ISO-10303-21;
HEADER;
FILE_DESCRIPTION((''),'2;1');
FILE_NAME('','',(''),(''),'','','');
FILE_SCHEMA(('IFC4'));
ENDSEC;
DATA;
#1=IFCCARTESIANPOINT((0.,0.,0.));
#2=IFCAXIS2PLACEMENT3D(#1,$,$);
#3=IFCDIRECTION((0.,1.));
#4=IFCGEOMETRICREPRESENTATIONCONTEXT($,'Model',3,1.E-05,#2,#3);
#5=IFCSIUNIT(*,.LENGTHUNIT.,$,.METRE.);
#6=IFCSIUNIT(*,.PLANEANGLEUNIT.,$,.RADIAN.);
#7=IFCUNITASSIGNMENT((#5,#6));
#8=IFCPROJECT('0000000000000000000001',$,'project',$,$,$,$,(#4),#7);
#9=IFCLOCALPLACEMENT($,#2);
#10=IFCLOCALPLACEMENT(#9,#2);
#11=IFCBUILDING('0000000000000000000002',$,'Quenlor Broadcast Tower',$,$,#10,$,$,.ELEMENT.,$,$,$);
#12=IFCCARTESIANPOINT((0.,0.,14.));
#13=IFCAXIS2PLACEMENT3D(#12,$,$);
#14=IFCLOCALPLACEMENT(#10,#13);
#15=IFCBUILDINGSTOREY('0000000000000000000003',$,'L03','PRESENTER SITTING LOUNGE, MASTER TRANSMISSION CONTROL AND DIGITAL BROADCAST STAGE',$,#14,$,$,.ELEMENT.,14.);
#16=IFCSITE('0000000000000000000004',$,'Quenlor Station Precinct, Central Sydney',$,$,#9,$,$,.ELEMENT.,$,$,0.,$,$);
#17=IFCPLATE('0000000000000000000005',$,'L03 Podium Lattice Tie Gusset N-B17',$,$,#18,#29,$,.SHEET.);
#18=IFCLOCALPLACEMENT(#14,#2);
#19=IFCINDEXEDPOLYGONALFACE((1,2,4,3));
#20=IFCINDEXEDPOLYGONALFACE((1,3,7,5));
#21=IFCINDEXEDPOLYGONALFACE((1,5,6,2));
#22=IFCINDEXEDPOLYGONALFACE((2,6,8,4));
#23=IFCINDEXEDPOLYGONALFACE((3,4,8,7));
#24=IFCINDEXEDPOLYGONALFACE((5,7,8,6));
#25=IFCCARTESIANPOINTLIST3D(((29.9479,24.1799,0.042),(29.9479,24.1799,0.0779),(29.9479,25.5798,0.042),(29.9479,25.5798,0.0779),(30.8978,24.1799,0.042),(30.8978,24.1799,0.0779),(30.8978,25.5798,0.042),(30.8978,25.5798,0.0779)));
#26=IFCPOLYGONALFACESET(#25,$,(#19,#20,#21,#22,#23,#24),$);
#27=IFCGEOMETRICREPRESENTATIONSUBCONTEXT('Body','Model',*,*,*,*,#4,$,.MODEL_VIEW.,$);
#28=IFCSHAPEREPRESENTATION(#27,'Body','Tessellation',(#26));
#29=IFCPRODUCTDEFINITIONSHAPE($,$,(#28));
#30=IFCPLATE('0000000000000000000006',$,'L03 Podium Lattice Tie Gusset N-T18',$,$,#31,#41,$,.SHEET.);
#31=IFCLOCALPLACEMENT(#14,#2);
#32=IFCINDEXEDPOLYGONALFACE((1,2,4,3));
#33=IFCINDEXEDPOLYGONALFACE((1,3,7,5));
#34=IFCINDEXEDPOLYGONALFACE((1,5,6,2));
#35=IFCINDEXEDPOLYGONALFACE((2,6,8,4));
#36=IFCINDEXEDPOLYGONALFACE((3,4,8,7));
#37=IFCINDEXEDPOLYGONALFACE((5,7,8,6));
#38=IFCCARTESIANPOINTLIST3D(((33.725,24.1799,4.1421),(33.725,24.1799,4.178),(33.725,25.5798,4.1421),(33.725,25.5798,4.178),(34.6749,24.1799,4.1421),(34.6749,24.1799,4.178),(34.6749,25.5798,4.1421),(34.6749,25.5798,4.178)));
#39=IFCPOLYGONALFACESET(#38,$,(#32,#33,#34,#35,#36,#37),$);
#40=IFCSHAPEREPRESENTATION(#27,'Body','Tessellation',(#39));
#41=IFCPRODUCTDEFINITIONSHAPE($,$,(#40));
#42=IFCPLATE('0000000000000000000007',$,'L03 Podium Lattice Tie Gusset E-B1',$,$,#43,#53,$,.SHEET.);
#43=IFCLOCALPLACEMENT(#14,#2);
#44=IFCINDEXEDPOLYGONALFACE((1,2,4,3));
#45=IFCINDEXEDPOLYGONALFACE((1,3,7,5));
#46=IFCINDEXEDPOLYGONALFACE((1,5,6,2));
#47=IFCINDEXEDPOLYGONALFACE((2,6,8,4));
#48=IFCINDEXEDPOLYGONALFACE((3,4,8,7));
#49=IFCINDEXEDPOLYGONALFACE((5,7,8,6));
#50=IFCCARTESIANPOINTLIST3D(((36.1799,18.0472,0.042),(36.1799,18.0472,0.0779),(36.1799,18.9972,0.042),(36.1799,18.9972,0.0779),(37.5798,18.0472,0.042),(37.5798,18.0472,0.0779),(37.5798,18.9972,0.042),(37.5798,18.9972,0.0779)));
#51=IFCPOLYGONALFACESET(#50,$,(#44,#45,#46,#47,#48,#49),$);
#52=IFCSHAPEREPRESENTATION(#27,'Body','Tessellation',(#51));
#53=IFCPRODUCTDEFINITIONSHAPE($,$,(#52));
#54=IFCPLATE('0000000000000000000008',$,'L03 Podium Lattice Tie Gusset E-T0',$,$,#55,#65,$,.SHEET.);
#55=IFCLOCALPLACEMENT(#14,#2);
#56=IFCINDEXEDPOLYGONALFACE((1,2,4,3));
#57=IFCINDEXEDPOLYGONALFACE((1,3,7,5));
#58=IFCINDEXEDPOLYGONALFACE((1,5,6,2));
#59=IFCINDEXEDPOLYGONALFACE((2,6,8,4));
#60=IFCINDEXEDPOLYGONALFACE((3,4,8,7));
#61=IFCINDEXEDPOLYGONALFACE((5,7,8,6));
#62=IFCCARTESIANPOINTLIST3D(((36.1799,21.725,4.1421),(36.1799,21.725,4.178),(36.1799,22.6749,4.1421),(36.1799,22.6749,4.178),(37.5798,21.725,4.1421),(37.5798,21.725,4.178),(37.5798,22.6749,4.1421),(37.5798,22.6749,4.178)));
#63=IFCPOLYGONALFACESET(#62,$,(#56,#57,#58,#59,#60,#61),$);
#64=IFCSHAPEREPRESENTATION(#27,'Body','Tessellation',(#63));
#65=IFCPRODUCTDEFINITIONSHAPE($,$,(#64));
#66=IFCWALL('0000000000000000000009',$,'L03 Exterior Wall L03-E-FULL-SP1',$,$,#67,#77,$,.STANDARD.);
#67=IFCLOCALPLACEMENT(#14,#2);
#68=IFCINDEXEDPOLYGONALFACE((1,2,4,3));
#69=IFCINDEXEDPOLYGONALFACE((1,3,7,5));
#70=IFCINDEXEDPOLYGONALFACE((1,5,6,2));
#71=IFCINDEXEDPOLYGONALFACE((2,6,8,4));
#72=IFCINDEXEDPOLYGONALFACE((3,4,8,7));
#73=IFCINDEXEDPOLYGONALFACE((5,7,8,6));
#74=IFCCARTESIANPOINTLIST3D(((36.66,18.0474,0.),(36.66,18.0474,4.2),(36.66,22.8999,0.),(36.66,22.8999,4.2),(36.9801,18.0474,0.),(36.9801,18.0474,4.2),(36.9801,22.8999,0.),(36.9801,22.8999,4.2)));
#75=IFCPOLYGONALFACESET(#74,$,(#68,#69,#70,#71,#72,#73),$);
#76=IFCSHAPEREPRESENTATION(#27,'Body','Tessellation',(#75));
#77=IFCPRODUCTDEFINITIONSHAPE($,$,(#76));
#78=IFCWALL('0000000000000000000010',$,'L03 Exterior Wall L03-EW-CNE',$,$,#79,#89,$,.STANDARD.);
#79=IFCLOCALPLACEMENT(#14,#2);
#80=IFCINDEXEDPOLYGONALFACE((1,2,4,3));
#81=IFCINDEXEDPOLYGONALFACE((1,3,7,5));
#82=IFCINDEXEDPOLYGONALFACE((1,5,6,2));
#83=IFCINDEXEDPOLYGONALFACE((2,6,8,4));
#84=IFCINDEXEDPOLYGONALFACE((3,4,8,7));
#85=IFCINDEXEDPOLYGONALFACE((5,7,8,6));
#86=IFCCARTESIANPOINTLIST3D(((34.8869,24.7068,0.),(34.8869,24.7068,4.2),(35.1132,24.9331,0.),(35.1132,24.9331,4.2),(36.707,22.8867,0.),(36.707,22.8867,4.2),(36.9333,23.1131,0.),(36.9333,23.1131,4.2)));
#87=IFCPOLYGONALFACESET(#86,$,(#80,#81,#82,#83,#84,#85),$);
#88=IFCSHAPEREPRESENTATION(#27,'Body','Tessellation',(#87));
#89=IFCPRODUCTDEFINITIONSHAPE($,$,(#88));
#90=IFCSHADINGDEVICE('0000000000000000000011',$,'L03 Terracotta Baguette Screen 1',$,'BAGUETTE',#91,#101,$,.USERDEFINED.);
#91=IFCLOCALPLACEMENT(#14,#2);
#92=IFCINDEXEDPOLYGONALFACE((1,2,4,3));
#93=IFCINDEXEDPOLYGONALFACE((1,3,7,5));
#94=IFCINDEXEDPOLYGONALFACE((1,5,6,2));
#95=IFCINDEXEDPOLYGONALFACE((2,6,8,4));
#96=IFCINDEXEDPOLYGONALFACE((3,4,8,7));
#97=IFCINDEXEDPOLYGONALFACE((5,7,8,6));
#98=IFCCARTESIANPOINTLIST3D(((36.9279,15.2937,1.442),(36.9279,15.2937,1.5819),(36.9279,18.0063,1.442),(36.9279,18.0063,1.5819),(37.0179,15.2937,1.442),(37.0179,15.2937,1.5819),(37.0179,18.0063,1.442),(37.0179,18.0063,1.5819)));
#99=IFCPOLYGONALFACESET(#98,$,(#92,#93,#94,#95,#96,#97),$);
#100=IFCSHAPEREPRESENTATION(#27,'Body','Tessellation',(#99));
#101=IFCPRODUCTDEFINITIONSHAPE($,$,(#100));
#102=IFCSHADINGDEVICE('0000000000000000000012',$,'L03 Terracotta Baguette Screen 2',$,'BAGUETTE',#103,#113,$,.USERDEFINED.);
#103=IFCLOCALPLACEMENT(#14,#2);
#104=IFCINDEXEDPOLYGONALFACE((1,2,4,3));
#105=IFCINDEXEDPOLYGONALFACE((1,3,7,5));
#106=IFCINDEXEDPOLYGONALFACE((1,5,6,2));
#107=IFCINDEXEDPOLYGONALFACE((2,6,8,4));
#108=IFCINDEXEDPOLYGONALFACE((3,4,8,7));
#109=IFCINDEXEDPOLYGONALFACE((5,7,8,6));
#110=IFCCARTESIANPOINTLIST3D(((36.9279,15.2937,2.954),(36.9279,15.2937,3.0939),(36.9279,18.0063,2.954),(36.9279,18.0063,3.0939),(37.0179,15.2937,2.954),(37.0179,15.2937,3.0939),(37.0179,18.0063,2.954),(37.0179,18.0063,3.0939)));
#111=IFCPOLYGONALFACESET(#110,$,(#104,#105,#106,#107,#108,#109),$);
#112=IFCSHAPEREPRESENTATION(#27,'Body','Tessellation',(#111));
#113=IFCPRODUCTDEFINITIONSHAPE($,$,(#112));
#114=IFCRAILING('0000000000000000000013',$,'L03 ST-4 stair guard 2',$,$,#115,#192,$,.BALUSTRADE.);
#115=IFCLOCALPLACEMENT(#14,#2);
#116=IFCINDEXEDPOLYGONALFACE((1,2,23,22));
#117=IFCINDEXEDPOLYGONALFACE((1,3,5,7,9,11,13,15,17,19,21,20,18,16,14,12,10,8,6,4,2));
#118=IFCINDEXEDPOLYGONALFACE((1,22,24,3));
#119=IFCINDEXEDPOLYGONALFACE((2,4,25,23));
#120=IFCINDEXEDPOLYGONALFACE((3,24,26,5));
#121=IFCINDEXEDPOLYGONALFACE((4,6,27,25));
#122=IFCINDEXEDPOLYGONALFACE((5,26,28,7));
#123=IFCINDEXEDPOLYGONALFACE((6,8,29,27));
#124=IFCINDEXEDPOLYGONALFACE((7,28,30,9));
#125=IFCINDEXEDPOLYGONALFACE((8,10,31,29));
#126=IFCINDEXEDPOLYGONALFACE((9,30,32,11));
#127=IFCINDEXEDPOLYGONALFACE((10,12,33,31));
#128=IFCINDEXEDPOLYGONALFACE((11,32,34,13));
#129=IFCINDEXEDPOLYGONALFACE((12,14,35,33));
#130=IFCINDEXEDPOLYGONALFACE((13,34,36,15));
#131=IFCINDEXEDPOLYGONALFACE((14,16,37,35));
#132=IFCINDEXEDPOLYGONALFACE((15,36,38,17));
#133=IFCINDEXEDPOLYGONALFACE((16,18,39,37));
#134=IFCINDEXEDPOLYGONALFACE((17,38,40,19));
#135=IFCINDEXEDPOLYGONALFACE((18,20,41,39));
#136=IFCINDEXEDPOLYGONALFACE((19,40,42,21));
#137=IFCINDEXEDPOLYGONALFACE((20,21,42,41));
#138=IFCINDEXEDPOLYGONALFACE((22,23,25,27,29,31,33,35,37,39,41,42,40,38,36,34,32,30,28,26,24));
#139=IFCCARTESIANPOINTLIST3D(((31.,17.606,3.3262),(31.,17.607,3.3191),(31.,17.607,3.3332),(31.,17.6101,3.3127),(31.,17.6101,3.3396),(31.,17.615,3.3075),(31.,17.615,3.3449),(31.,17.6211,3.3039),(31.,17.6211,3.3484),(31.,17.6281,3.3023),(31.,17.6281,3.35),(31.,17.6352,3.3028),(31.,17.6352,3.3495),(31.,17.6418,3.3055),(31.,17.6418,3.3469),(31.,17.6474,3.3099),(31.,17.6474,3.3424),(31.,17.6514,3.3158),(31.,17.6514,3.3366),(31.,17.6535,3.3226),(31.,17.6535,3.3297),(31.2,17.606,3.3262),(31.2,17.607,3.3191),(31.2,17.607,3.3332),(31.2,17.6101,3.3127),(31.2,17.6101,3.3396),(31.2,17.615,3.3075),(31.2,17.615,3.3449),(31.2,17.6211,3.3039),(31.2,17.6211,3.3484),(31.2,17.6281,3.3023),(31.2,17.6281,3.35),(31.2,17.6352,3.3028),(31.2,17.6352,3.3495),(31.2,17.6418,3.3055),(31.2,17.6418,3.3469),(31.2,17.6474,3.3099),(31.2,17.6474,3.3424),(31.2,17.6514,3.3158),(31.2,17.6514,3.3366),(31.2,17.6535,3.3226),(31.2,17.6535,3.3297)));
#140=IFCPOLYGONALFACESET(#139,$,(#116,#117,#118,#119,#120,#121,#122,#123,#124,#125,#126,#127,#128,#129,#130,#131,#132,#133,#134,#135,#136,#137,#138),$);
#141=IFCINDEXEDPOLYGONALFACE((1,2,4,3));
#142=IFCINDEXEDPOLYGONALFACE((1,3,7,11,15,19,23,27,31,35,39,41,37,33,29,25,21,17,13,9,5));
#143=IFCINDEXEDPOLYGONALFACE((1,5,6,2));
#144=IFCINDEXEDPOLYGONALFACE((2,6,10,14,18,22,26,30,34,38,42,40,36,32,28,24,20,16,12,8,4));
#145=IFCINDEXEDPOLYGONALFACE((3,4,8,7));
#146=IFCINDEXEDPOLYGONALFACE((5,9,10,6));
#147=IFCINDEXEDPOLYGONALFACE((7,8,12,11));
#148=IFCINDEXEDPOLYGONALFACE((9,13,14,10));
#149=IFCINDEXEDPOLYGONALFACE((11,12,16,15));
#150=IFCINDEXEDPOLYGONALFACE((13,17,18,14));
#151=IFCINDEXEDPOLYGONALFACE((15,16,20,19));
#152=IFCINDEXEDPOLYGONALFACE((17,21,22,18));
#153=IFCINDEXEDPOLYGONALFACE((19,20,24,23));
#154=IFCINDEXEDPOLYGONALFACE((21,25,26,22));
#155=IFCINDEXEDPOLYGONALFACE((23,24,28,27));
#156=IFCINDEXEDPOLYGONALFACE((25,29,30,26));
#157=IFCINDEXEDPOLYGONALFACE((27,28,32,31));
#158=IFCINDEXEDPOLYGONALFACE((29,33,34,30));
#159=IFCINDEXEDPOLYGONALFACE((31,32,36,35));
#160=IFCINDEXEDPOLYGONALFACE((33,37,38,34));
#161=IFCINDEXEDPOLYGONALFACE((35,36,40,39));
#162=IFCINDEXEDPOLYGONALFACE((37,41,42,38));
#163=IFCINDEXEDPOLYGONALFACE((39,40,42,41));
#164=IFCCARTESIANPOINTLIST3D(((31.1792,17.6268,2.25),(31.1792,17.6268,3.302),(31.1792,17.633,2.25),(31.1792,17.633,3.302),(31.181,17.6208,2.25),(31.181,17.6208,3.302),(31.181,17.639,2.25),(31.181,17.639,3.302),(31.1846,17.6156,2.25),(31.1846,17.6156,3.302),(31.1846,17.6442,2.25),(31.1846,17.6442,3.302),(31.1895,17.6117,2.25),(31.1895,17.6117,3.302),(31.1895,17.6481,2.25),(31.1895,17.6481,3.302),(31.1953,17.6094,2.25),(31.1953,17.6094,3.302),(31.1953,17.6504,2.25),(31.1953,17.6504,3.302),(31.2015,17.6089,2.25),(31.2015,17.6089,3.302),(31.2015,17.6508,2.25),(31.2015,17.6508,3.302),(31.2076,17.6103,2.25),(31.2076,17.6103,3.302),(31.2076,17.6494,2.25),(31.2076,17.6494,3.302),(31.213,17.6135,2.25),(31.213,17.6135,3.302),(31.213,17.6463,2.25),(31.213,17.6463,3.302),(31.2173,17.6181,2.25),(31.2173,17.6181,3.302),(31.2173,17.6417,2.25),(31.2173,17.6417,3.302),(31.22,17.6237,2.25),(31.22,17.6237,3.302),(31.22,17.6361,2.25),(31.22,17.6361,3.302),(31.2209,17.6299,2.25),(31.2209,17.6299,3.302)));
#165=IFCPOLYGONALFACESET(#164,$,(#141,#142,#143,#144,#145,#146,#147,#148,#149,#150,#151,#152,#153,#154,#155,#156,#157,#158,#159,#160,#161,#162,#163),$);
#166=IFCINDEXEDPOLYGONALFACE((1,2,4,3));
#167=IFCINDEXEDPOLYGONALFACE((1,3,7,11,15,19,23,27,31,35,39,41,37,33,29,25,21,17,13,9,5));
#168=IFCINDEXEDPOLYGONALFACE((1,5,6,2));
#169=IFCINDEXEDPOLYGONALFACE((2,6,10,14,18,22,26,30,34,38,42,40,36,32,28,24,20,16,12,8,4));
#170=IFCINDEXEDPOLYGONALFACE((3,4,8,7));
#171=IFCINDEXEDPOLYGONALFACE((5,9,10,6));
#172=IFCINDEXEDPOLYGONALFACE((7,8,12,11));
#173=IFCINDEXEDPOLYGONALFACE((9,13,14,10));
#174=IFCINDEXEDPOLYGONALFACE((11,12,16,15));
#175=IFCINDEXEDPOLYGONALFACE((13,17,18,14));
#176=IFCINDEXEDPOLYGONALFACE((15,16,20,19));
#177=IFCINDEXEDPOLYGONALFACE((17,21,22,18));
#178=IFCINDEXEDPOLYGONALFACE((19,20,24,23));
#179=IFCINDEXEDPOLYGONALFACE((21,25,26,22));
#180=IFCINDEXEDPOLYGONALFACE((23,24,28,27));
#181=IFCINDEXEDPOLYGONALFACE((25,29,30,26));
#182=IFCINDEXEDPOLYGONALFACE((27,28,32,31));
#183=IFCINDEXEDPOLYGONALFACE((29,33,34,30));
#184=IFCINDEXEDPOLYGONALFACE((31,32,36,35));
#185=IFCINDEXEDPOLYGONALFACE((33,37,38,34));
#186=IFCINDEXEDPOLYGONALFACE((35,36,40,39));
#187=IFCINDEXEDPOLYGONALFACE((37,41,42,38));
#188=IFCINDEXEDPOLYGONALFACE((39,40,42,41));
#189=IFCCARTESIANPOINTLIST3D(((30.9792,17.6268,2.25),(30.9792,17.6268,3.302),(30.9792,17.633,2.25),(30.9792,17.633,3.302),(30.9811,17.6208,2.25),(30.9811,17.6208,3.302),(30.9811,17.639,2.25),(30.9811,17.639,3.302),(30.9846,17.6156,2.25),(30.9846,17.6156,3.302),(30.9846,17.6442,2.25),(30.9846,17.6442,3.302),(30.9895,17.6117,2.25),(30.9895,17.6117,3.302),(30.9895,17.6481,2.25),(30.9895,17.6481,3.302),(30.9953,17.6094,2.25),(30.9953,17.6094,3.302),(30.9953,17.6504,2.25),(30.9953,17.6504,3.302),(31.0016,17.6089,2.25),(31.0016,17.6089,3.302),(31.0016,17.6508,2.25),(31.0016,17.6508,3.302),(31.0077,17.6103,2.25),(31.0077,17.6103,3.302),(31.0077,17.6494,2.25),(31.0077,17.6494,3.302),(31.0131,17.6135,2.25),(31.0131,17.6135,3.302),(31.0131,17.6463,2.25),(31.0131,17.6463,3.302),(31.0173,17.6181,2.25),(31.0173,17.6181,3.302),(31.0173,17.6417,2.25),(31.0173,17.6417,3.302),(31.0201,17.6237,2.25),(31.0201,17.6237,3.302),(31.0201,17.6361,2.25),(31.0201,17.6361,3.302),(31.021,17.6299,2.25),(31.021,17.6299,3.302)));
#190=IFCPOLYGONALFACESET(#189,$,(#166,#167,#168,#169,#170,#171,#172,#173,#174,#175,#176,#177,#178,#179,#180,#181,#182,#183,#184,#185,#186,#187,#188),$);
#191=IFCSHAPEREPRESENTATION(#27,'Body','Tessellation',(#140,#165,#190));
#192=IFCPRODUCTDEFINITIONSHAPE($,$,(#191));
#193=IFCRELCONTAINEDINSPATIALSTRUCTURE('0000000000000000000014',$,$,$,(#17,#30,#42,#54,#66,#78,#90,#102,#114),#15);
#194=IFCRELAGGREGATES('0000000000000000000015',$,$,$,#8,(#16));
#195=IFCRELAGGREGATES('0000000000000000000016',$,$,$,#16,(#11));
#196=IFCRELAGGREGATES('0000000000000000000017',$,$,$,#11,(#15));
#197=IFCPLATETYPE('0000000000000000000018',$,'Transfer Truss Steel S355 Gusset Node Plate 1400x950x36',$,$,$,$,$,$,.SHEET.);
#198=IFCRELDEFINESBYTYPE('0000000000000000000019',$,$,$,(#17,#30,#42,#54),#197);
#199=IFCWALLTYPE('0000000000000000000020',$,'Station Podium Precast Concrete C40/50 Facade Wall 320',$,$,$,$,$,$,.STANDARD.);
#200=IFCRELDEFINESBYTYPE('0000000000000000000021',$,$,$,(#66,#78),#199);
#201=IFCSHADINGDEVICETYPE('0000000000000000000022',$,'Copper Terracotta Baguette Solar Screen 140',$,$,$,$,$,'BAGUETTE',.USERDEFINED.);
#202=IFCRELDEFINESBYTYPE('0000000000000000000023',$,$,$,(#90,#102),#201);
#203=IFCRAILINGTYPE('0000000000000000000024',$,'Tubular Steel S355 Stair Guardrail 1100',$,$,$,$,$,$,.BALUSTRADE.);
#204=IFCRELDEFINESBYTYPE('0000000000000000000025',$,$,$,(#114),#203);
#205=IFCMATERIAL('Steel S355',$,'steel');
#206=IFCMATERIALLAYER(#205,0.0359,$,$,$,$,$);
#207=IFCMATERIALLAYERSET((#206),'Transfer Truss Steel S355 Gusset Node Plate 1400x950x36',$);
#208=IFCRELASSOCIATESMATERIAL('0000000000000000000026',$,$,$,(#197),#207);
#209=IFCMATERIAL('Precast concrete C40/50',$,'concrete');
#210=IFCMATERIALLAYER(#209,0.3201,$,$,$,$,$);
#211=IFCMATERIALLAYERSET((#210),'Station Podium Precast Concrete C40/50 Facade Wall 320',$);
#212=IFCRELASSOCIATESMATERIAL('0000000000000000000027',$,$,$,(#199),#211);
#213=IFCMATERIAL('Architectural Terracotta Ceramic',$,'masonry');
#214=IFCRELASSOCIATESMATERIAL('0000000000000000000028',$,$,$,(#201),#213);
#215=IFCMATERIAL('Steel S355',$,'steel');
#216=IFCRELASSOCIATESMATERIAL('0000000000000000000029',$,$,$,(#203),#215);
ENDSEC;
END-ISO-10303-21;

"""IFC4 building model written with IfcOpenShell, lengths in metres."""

from ifc_helpers import new_model, si_unit, direction, frame, frame_2d, origin, origin_2d, place, context, subcontext, project, spatial, rectangle, circle, extrude, material, layer, layer_set, material_profile, profile_set, type_object, element, save


model = new_model("IFC4")

# Units and contexts
model_context = context("Model", 3, precision=1e-05, world=origin(), true_north=direction((0.0, 1.0)))
body_context = subcontext(model_context, "Body", "Model", "MODEL_VIEW")
ifc_project = project(units=[si_unit("LENGTHUNIT", "METRE"), si_unit("PLANEANGLEUNIT", "RADIAN")], contexts=[model_context])

# Site, building, storey
site_placement = place(None, origin())
site = spatial("IfcSite", under=ifc_project, at=site_placement, Name="Quenlor Station Precinct, Central Sydney", CompositionType="ELEMENT", RefElevation=0.0)
building_placement = place(site_placement, origin())
building = spatial("IfcBuilding", under=site, at=building_placement, Name="Quenlor Broadcast Tower", CompositionType="ELEMENT")
storey_placement = place(building_placement, frame((0.0, 0.0, 14.0)))
storey = spatial("IfcBuildingStorey", under=building, at=storey_placement, Name="L03", Description="PRESENTER SITTING LOUNGE, MASTER TRANSMISSION CONTROL AND DIGITAL BROADCAST STAGE", CompositionType="ELEMENT", Elevation=14.0)

# Plates
ifc_material_1 = material(Name="Steel S355", Category="steel")
ifc_layer_1 = layer(ifc_material_1, 0.0359)
ifc_layer_set_1 = layer_set([ifc_layer_1], Name="Transfer Truss Steel S355 Gusset Node Plate 1400x950x36")
plate_type_1 = type_object("IfcPlateType", Name="Transfer Truss Steel S355 Gusset Node Plate 1400x950x36", PredefinedType="SHEET", material=ifc_layer_set_1)
for number, where, z_axis, x_axis, name in (
    (1, (30.4229, 24.8799, 0.042), (0.0, 0.0, 1.0), (0.0, 1.0, 0.0), "L03 Podium Lattice Tie Gusset N-B17"),
    (2, (34.2, 24.8799, 4.1421), (0.0, 0.0, 1.0), (0.0, 1.0, 0.0), "L03 Podium Lattice Tie Gusset N-T18"),
    (3, (36.8799, 18.5222, 0.042), (0.0, 0.0, 1.0), (1.0, 0.0, 0.0), "L03 Podium Lattice Tie Gusset E-B1"),
    (4, (36.8799, 22.2, 4.1421), (0.0, 0.0, 1.0), (1.0, 0.0, 0.0), "L03 Podium Lattice Tie Gusset E-T0"),
):
    element("IfcPlate", number, at=place(storey_placement, frame(where, z_axis=z_axis, x_axis=x_axis)), inside=storey, type_object=plate_type_1, Name=name, PredefinedType="SHEET", context=body_context, shape_type="SweptSolid", body=[
        extrude(rectangle(XDim=1.3999, YDim=0.95, at=origin_2d()), origin(), (0.0, 0.0, 1.0), 0.0359),
    ])

# Walls
ifc_material_2 = material(Name="Precast concrete C40/50", Category="concrete")
ifc_layer_2 = layer(ifc_material_2, 0.3201)
ifc_layer_set_2 = layer_set([ifc_layer_2], Name="Station Podium Precast Concrete C40/50 Facade Wall 320")
wall_type = type_object("IfcWallType", Name="Station Podium Precast Concrete C40/50 Facade Wall 320", PredefinedType="STANDARD", material=ifc_layer_set_2)
wall_1_placement = place(storey_placement, frame((36.8201, 22.8999, 0.0), z_axis=(0.0, 0.0, 1.0), x_axis=(0.0, -1.0, 0.0)))
element("IfcWall", 5, at=wall_1_placement, inside=storey, type_object=wall_type, Name="L03 Exterior Wall L03-E-FULL-SP1", PredefinedType="STANDARD", context=body_context, shape_type="SweptSolid", body=[
    extrude(rectangle(XDim=4.8525, YDim=0.3201, at=frame_2d((2.4263, 0.0))), origin(), (0.0, 0.0, 1.0), 4.2),
])
wall_2_placement = place(storey_placement, frame((35.0, 24.8201, 0.0), z_axis=(0.0, 0.0, 1.0), x_axis=(0.707107, -0.707107, 0.0)))
element("IfcWall", 6, at=wall_2_placement, inside=storey, type_object=wall_type, Name="L03 Exterior Wall L03-EW-CNE", PredefinedType="STANDARD", context=body_context, shape_type="SweptSolid", body=[
    extrude(rectangle(XDim=2.574, YDim=0.3201, at=frame_2d((1.2871, 0.0))), origin(), (0.0, 0.0, 1.0), 4.2),
])

# Shading devices
ifc_material_3 = material(Name="Architectural Terracotta Ceramic", Category="masonry")
ifc_material_profile_1 = material_profile(ifc_material_3, rectangle(XDim=0.0901, YDim=0.1399, at=origin_2d()))
ifc_profile_set_1 = profile_set([ifc_material_profile_1], Name="Architectural Terracotta Ceramic BAG90x140")
shading_device_type = type_object("IfcShadingDeviceType", Name="Copper Terracotta Baguette Solar Screen 140", ElementType="BAGUETTE", PredefinedType="USERDEFINED", material=ifc_profile_set_1)
for number, where, z_axis, x_axis, name in (
    (7, (36.9729, 18.0063, 1.512), (0.0, -1.0, 0.0), (1.0, 0.0, 0.0), "L03 Terracotta Baguette Screen 1"),
    (8, (36.9729, 18.0063, 3.0239), (0.0, -1.0, 0.0), (1.0, 0.0, 0.0), "L03 Terracotta Baguette Screen 2"),
):
    element("IfcShadingDevice", number, at=place(storey_placement, frame(where, z_axis=z_axis, x_axis=x_axis)), inside=storey, type_object=shading_device_type, Name=name, ObjectType="BAGUETTE", PredefinedType="USERDEFINED", context=body_context, shape_type="SweptSolid", body=[
        extrude(rectangle(XDim=0.0901, YDim=0.1399, at=origin_2d()), origin(), (0.0, 0.0, 1.0), 2.7126),
    ])

# Railing
ifc_material_4 = material(Name="Steel S355", Category="steel")
railing_type = type_object("IfcRailingType", Name="Tubular Steel S355 Stair Guardrail 1100", PredefinedType="BALUSTRADE", material=ifc_material_4)
railing_1_placement = place(storey_placement, frame((31.2, 17.6299, 2.25)))
element("IfcRailing", 9, at=railing_1_placement, inside=storey, type_object=railing_type, Name="L03 ST-4 stair guard 2", PredefinedType="BALUSTRADE", context=body_context, shape_type="SweptSolid", body=[
    extrude(circle(Radius=0.0239, at=origin_2d()), frame((0.0, 0.0, 1.0762), z_axis=(-1.0, 0.0, 0.0), x_axis=(0.0, -1.0, 0.0)), (0.0, 0.0, 1.0), 0.2),
    extrude(circle(Radius=0.021, at=origin_2d()), origin(), (0.0, 0.0, 1.0), 1.052),
    extrude(circle(Radius=0.021, at=origin_2d()), frame((-0.2, 0.0, 0.0)), (0.0, 0.0, 1.0), 1.052),
])

save(model, "model.ifc")
